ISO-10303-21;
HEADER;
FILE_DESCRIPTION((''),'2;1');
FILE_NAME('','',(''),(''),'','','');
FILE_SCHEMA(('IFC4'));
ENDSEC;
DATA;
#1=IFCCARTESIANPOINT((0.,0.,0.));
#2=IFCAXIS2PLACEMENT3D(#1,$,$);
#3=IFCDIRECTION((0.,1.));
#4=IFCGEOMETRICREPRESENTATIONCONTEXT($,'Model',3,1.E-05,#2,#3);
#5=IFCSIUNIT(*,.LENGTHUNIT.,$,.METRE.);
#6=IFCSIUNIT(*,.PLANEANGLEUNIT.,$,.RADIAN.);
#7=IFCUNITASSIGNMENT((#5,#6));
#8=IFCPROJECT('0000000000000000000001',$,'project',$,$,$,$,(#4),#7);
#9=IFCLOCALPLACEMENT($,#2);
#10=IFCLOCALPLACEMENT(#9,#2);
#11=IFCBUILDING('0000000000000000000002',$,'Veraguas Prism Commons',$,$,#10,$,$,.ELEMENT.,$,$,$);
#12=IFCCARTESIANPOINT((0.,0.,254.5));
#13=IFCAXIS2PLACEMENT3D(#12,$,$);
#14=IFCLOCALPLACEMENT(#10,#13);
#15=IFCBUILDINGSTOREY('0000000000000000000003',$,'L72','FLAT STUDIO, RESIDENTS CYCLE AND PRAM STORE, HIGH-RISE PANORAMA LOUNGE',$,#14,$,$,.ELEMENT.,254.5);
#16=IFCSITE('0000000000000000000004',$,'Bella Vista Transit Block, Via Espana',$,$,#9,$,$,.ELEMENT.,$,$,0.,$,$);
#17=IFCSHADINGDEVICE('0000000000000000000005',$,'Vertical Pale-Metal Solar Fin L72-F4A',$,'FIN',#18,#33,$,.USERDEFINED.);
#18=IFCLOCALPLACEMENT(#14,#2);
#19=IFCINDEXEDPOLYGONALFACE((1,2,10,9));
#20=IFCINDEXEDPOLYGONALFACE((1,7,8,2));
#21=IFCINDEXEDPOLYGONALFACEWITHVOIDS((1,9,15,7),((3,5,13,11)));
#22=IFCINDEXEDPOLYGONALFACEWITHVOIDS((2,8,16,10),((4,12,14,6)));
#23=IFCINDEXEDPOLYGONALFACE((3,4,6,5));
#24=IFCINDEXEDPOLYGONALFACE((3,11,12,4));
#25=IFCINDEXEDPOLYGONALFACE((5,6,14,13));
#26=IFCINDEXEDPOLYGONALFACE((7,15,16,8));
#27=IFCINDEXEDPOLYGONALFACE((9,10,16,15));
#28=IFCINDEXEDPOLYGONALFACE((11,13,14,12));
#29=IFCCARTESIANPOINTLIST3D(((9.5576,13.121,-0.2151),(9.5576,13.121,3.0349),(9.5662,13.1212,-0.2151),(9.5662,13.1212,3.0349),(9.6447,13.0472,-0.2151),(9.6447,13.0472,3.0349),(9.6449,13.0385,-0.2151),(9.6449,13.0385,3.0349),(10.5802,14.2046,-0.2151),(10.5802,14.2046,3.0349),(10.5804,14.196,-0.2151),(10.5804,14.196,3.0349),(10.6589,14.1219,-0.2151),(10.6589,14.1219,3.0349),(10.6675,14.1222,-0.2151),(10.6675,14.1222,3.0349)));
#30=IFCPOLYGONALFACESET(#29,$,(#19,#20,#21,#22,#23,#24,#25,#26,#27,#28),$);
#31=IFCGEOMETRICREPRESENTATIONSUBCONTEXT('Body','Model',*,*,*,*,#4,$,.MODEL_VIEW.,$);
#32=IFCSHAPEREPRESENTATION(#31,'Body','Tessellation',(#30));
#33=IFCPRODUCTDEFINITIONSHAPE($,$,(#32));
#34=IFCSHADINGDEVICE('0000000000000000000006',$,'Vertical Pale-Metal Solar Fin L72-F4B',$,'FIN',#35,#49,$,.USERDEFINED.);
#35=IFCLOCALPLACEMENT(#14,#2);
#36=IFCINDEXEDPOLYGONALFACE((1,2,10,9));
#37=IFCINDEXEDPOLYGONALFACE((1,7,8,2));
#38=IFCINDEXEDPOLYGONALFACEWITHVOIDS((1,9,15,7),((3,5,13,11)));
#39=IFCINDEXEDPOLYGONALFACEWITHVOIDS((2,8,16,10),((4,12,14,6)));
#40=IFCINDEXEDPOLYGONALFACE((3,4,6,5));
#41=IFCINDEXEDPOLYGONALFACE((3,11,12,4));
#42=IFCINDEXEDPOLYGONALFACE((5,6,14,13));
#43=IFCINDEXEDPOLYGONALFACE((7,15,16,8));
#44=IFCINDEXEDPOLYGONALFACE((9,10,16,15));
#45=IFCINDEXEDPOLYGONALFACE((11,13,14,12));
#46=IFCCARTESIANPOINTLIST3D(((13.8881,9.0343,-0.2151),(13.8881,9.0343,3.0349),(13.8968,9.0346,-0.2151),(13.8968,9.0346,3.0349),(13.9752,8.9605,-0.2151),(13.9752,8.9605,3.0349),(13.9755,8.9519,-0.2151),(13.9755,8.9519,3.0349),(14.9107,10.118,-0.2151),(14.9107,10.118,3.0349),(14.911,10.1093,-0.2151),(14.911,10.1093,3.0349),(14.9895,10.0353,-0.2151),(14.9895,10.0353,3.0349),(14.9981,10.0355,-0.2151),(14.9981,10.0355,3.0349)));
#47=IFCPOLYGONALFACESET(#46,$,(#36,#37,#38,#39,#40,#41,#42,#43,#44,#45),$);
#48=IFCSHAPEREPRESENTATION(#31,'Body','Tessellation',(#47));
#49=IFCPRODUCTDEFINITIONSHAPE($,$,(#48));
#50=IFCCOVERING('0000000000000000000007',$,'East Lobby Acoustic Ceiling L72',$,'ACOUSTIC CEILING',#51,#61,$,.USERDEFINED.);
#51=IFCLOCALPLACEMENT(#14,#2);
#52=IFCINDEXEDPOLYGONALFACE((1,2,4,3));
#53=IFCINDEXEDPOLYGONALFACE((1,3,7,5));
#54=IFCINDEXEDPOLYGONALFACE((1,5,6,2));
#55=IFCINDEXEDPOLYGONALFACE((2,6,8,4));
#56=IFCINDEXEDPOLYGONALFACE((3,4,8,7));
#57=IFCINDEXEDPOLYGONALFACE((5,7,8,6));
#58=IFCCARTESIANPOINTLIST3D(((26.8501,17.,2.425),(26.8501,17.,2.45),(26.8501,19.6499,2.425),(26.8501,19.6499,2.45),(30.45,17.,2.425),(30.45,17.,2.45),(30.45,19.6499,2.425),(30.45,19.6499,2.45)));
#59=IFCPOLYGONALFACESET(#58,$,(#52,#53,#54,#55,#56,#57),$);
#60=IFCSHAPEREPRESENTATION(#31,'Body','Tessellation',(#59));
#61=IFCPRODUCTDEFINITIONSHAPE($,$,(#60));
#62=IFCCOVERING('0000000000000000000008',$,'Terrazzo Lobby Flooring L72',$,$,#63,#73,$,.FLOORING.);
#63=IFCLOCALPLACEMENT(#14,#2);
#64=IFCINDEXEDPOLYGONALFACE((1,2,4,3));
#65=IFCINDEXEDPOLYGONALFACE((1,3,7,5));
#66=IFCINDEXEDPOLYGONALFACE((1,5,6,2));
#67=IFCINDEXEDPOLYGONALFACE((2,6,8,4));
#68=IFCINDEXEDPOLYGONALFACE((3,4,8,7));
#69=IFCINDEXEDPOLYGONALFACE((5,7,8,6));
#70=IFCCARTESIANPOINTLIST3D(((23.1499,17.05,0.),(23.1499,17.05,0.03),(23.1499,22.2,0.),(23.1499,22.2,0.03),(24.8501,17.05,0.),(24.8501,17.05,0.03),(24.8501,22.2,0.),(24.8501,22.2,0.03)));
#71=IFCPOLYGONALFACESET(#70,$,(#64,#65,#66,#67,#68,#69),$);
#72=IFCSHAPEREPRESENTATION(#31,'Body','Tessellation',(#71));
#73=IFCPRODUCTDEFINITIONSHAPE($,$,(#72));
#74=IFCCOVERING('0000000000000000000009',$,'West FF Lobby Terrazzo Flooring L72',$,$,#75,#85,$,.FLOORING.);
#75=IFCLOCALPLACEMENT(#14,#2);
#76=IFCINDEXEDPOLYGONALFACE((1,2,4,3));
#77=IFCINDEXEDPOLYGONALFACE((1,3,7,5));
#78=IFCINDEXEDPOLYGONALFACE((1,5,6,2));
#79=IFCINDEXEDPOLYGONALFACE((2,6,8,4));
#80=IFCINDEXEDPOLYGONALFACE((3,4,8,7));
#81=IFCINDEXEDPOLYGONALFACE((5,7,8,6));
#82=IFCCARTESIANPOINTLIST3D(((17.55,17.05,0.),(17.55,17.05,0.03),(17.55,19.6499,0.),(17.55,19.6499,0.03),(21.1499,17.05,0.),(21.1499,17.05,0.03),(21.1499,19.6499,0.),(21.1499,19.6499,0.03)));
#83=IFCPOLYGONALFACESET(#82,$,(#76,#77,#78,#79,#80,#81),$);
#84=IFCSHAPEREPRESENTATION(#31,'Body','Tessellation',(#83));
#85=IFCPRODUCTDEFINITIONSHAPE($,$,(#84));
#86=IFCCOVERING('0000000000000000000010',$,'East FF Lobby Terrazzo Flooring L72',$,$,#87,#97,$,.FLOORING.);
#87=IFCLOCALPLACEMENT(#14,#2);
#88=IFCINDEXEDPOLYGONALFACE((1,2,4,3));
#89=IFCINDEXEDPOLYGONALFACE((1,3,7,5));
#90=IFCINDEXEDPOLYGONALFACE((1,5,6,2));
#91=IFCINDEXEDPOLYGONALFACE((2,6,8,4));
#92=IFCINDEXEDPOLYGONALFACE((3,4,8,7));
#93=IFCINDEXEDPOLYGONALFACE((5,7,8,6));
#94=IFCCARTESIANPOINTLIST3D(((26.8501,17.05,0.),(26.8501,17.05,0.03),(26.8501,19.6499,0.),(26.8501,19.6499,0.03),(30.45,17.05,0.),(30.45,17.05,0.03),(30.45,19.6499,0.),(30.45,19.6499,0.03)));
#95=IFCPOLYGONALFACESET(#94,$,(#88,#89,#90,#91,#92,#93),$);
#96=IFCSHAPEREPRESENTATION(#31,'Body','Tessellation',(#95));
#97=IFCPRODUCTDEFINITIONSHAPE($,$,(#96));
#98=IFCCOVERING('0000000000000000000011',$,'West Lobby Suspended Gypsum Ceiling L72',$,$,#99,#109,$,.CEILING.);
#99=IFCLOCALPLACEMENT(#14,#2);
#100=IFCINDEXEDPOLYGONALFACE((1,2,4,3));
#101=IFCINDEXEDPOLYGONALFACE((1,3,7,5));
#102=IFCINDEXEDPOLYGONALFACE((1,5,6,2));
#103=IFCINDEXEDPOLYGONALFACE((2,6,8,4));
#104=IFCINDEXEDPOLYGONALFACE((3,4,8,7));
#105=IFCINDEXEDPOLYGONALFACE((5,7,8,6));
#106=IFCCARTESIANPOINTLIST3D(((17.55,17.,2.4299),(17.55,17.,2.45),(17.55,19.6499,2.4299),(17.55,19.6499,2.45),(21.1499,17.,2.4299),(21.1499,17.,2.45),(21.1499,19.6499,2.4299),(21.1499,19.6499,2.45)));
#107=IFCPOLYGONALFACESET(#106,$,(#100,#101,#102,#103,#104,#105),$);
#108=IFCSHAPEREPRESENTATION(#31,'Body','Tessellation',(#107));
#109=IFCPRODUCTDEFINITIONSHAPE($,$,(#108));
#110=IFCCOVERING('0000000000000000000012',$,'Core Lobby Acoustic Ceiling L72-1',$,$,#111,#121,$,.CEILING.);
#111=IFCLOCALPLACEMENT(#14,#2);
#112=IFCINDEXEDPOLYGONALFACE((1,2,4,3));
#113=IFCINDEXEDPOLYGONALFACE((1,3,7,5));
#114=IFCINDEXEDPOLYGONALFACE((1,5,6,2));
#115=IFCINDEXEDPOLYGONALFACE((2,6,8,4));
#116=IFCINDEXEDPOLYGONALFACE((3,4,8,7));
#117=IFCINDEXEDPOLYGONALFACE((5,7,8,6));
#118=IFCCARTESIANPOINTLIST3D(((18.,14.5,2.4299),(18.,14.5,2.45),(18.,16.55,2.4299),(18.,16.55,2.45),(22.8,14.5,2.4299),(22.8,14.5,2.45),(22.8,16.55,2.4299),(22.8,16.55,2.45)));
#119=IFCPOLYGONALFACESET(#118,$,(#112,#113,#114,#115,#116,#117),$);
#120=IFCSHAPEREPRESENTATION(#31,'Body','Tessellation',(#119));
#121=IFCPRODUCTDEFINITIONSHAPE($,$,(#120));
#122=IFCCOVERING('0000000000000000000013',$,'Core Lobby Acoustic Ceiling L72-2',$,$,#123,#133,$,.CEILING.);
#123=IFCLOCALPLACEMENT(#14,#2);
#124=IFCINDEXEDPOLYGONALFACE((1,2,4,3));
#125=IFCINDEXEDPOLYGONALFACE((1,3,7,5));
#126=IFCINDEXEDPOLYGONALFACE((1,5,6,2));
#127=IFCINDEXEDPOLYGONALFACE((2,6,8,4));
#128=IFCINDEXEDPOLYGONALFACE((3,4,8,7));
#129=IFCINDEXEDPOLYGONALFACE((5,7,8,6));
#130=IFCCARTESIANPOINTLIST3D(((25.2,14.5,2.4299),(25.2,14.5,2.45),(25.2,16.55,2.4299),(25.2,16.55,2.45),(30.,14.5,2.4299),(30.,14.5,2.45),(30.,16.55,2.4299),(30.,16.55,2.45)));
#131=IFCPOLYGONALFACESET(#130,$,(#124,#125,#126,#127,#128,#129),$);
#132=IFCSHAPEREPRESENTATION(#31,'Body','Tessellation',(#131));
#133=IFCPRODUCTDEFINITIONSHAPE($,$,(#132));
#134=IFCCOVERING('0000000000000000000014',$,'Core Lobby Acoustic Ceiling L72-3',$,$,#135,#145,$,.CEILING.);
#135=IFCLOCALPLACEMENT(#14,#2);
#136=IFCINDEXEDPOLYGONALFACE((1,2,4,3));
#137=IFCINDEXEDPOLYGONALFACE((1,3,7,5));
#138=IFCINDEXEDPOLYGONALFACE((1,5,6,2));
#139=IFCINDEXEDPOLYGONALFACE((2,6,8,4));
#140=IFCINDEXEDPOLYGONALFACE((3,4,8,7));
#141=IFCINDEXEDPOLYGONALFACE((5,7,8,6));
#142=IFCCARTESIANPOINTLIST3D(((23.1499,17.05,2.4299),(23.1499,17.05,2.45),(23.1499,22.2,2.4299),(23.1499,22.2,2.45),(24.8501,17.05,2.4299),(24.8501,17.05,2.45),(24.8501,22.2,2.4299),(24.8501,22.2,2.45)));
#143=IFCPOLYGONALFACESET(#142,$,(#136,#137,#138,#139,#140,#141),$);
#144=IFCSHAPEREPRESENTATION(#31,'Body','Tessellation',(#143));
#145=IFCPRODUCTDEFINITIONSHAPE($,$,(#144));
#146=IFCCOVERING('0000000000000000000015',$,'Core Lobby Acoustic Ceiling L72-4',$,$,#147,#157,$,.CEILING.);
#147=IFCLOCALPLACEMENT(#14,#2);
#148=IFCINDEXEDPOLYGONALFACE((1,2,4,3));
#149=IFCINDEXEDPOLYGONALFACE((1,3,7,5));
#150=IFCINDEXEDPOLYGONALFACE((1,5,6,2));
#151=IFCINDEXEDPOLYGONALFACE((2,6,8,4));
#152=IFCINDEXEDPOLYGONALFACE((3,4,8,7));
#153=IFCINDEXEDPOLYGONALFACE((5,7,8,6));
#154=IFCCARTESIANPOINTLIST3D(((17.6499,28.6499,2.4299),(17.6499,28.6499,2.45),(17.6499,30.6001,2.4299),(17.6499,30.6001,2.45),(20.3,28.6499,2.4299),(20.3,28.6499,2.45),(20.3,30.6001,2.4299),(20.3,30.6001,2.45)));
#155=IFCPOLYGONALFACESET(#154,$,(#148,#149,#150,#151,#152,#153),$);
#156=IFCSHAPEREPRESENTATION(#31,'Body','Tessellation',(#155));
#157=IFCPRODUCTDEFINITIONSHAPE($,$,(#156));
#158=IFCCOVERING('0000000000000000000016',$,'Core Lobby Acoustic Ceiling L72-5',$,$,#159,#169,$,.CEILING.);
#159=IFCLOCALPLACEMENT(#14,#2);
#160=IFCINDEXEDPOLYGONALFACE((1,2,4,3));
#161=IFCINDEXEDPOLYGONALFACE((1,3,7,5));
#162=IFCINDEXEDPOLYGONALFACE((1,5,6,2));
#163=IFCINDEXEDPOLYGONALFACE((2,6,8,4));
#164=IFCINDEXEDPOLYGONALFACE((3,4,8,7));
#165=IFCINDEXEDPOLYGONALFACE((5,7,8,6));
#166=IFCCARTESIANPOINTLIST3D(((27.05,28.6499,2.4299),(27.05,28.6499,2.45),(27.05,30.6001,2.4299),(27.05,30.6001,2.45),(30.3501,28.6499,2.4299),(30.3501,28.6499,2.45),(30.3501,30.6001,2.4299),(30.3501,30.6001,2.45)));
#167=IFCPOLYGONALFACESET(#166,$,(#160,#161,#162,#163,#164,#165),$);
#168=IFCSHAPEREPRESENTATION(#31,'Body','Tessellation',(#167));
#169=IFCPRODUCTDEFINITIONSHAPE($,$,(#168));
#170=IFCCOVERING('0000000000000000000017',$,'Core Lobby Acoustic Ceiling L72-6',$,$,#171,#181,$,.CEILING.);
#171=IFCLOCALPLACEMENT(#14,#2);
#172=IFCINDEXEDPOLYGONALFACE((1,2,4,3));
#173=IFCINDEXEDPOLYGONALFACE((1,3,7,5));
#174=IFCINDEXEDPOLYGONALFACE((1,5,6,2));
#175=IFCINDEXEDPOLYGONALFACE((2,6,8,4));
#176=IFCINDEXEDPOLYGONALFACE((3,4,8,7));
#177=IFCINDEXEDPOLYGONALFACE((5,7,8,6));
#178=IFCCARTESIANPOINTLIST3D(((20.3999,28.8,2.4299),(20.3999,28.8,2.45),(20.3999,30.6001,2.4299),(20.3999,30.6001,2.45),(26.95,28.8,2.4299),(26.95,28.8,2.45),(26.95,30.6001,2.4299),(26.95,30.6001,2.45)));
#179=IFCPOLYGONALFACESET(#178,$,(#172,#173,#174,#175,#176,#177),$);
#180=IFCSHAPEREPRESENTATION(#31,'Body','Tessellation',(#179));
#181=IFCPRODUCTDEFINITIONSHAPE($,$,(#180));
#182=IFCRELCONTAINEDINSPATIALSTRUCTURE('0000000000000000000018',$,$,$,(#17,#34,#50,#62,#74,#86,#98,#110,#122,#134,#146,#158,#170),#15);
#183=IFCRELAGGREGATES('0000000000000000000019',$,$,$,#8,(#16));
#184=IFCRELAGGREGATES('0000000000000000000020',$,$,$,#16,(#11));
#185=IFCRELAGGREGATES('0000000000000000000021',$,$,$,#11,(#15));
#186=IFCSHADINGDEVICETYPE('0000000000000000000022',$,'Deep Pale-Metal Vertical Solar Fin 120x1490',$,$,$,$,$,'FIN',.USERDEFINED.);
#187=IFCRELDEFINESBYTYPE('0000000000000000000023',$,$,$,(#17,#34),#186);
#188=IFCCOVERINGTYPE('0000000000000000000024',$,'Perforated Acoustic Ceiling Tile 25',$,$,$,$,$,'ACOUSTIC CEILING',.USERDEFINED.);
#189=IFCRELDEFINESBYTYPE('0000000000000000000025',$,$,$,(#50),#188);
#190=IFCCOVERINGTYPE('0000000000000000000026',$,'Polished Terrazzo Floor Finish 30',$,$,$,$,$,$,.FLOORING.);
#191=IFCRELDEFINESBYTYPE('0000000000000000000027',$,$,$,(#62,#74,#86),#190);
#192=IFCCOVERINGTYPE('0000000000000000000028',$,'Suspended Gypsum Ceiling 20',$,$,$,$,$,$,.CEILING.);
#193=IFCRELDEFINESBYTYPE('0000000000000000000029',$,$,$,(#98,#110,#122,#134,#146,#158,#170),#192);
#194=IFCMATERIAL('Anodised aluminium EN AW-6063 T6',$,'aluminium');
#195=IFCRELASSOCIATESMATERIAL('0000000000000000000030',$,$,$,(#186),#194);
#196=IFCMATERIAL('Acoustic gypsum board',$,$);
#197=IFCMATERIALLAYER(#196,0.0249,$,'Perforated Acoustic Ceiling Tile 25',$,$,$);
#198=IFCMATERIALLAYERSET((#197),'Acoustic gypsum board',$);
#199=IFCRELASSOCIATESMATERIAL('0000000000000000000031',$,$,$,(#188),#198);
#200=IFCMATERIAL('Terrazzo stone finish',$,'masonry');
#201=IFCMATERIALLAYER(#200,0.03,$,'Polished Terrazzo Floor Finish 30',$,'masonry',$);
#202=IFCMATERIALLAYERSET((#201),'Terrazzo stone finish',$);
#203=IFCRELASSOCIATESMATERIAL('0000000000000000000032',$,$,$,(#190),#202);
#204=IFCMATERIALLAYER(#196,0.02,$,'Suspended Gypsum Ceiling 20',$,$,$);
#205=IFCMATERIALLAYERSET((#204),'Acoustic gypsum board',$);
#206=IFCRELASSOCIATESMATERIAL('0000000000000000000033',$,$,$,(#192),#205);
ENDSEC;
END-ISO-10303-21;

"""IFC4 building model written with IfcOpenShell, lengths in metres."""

from ifc_helpers import new_model, si_unit, direction, frame, origin, origin_2d, place, context, subcontext, project, spatial, polyline, hollow_rectangle, outline, extrude, material, layer, layer_set, material_profile, profile_set, type_object, element, save


model = new_model("IFC4")

# Units and contexts
model_context = context("Model", 3, precision=1e-05, world=origin(), true_north=direction((0.0, 1.0)))
body_context = subcontext(model_context, "Body", "Model", "MODEL_VIEW")
ifc_project = project(units=[si_unit("LENGTHUNIT", "METRE"), si_unit("PLANEANGLEUNIT", "RADIAN")], contexts=[model_context])

# Site, building, storey
site_placement = place(None, origin())
site = spatial("IfcSite", under=ifc_project, at=site_placement, Name="Bella Vista Transit Block, Via Espana", CompositionType="ELEMENT", RefElevation=0.0)
building_placement = place(site_placement, origin())
building = spatial("IfcBuilding", under=site, at=building_placement, Name="Veraguas Prism Commons", CompositionType="ELEMENT")
storey_placement = place(building_placement, frame((0.0, 0.0, 254.5)))
storey = spatial("IfcBuildingStorey", under=building, at=storey_placement, Name="L72", Description="FLAT STUDIO, RESIDENTS CYCLE AND PRAM STORE, HIGH-RISE PANORAMA LOUNGE", CompositionType="ELEMENT", Elevation=254.5)

# Shared definitions
ifc_material_1 = material(Name="Anodised aluminium EN AW-6063 T6", Category="aluminium")

# Shading devices
ifc_material_profile_1 = material_profile(ifc_material_1, hollow_rectangle(XDim=0.1201, YDim=1.49, WallThickness=0.0061, at=origin_2d()), Name="FIN120X1490X6")
ifc_profile_set_1 = profile_set([ifc_material_profile_1], Name="Anodised aluminium EN AW-6063 T6")
shading_device_type = type_object("IfcShadingDeviceType", Name="Deep Pale-Metal Vertical Solar Fin 120x1490", ElementType="FIN", PredefinedType="USERDEFINED", material=ifc_profile_set_1)
for number, where, z_axis, x_axis, name in (
    (1, (10.1125, 13.6216, -0.2151), (0.0, 0.0, 1.0), (0.727291, -0.686329, 0.0), "Vertical Pale-Metal Solar Fin L72-F4A"),
    (2, (14.4431, 9.5349, -0.2151), (0.0, 0.0, 1.0), (0.727291, -0.686329, 0.0), "Vertical Pale-Metal Solar Fin L72-F4B"),
):
    element("IfcShadingDevice", number, at=place(storey_placement, frame(where, z_axis=z_axis, x_axis=x_axis)), inside=storey, type_object=shading_device_type, Name=name, ObjectType="FIN", PredefinedType="USERDEFINED", context=body_context, shape_type="SweptSolid", body=[
        extrude(hollow_rectangle(XDim=0.1201, YDim=1.49, WallThickness=0.0061, at=origin_2d()), origin(), (0.0, 0.0, 1.0), 3.25),
    ])

# Coverings
ifc_material_2 = material(Name="Acoustic gypsum board")
ifc_layer_1 = layer(ifc_material_2, 0.0249, Name="Perforated Acoustic Ceiling Tile 25")
ifc_layer_set_1 = layer_set([ifc_layer_1], Name="Acoustic gypsum board")
covering_type_1 = type_object("IfcCoveringType", Name="Perforated Acoustic Ceiling Tile 25", ElementType="ACOUSTIC CEILING", PredefinedType="USERDEFINED", material=ifc_layer_set_1)
covering_1_placement = place(storey_placement, frame((0.0, 0.0, 2.425)))
element("IfcCovering", 3, at=covering_1_placement, inside=storey, type_object=covering_type_1, Name="East Lobby Acoustic Ceiling L72", ObjectType="ACOUSTIC CEILING", PredefinedType="USERDEFINED", context=body_context, shape_type="SweptSolid", body=[
    extrude(outline(polyline([(26.8501, 17.0), (30.45, 17.0), (30.45, 19.6499), (26.8501, 19.6499), (26.8501, 17.0)])), origin(), (0.0, 0.0, 1.0), 0.0249),
])
ifc_material_3 = material(Name="Terrazzo stone finish", Category="masonry")
ifc_layer_2 = layer(ifc_material_3, 0.03, Name="Polished Terrazzo Floor Finish 30", Category="masonry")
ifc_layer_set_2 = layer_set([ifc_layer_2], Name="Terrazzo stone finish")
covering_type_2 = type_object("IfcCoveringType", Name="Polished Terrazzo Floor Finish 30", PredefinedType="FLOORING", material=ifc_layer_set_2)
covering_2_placement = place(storey_placement, origin())
element("IfcCovering", 4, at=covering_2_placement, inside=storey, type_object=covering_type_2, Name="Terrazzo Lobby Flooring L72", PredefinedType="FLOORING", context=body_context, shape_type="SweptSolid", body=[
    extrude(outline(polyline([(23.1499, 17.05), (24.8501, 17.05), (24.8501, 22.2), (23.1499, 22.2), (23.1499, 17.05)])), origin(), (0.0, 0.0, 1.0), 0.03),
])
covering_3_placement = place(storey_placement, origin())
element("IfcCovering", 5, at=covering_3_placement, inside=storey, type_object=covering_type_2, Name="West FF Lobby Terrazzo Flooring L72", PredefinedType="FLOORING", context=body_context, shape_type="SweptSolid", body=[
    extrude(outline(polyline([(17.55, 17.05), (21.1499, 17.05), (21.1499, 19.6499), (17.55, 19.6499), (17.55, 17.05)])), origin(), (0.0, 0.0, 1.0), 0.03),
])
covering_4_placement = place(storey_placement, origin())
element("IfcCovering", 6, at=covering_4_placement, inside=storey, type_object=covering_type_2, Name="East FF Lobby Terrazzo Flooring L72", PredefinedType="FLOORING", context=body_context, shape_type="SweptSolid", body=[
    extrude(outline(polyline([(26.8501, 17.05), (30.45, 17.05), (30.45, 19.6499), (26.8501, 19.6499), (26.8501, 17.05)])), origin(), (0.0, 0.0, 1.0), 0.03),
])
ifc_layer_3 = layer(ifc_material_2, 0.02, Name="Suspended Gypsum Ceiling 20")
ifc_layer_set_3 = layer_set([ifc_layer_3], Name="Acoustic gypsum board")
covering_type_3 = type_object("IfcCoveringType", Name="Suspended Gypsum Ceiling 20", PredefinedType="CEILING", material=ifc_layer_set_3)
covering_5_placement = place(storey_placement, frame((0.0, 0.0, 2.4299)))
element("IfcCovering", 7, at=covering_5_placement, inside=storey, type_object=covering_type_3, Name="West Lobby Suspended Gypsum Ceiling L72", PredefinedType="CEILING", context=body_context, shape_type="SweptSolid", body=[
    extrude(outline(polyline([(17.55, 17.0), (21.1499, 17.0), (21.1499, 19.6499), (17.55, 19.6499), (17.55, 17.0)])), origin(), (0.0, 0.0, 1.0), 0.02),
])
covering_6_placement = place(storey_placement, frame((0.0, 0.0, 2.4299)))
element("IfcCovering", 8, at=covering_6_placement, inside=storey, type_object=covering_type_3, Name="Core Lobby Acoustic Ceiling L72-1", PredefinedType="CEILING", context=body_context, shape_type="SweptSolid", body=[
    extrude(outline(polyline([(18.0, 14.5), (22.8, 14.5), (22.8, 16.55), (18.0, 16.55), (18.0, 14.5)])), origin(), (0.0, 0.0, 1.0), 0.02),
])
covering_7_placement = place(storey_placement, frame((0.0, 0.0, 2.4299)))
element("IfcCovering", 9, at=covering_7_placement, inside=storey, type_object=covering_type_3, Name="Core Lobby Acoustic Ceiling L72-2", PredefinedType="CEILING", context=body_context, shape_type="SweptSolid", body=[
    extrude(outline(polyline([(25.2, 14.5), (30.0, 14.5), (30.0, 16.55), (25.2, 16.55), (25.2, 14.5)])), origin(), (0.0, 0.0, 1.0), 0.02),
])
covering_8_placement = place(storey_placement, frame((0.0, 0.0, 2.4299)))
element("IfcCovering", 10, at=covering_8_placement, inside=storey, type_object=covering_type_3, Name="Core Lobby Acoustic Ceiling L72-3", PredefinedType="CEILING", context=body_context, shape_type="SweptSolid", body=[
    extrude(outline(polyline([(23.1499, 17.05), (24.8501, 17.05), (24.8501, 22.2), (23.1499, 22.2), (23.1499, 17.05)])), origin(), (0.0, 0.0, 1.0), 0.02),
])
covering_9_placement = place(storey_placement, frame((0.0, 0.0, 2.4299)))
element("IfcCovering", 11, at=covering_9_placement, inside=storey, type_object=covering_type_3, Name="Core Lobby Acoustic Ceiling L72-4", PredefinedType="CEILING", context=body_context, shape_type="SweptSolid", body=[
    extrude(outline(polyline([(17.6499, 28.6499), (20.3, 28.6499), (20.3, 30.6001), (17.6499, 30.6001), (17.6499, 28.6499)])), origin(), (0.0, 0.0, 1.0), 0.02),
])
covering_10_placement = place(storey_placement, frame((0.0, 0.0, 2.4299)))
element("IfcCovering", 12, at=covering_10_placement, inside=storey, type_object=covering_type_3, Name="Core Lobby Acoustic Ceiling L72-5", PredefinedType="CEILING", context=body_context, shape_type="SweptSolid", body=[
    extrude(outline(polyline([(27.05, 28.6499), (30.3501, 28.6499), (30.3501, 30.6001), (27.05, 30.6001), (27.05, 28.6499)])), origin(), (0.0, 0.0, 1.0), 0.02),
])
covering_11_placement = place(storey_placement, frame((0.0, 0.0, 2.4299)))
element("IfcCovering", 13, at=covering_11_placement, inside=storey, type_object=covering_type_3, Name="Core Lobby Acoustic Ceiling L72-6", PredefinedType="CEILING", context=body_context, shape_type="SweptSolid", body=[
    extrude(outline(polyline([(20.3999, 28.8), (26.95, 28.8), (26.95, 30.6001), (20.3999, 30.6001), (20.3999, 28.8)])), origin(), (0.0, 0.0, 1.0), 0.02),
])

save(model, "model.ifc")
